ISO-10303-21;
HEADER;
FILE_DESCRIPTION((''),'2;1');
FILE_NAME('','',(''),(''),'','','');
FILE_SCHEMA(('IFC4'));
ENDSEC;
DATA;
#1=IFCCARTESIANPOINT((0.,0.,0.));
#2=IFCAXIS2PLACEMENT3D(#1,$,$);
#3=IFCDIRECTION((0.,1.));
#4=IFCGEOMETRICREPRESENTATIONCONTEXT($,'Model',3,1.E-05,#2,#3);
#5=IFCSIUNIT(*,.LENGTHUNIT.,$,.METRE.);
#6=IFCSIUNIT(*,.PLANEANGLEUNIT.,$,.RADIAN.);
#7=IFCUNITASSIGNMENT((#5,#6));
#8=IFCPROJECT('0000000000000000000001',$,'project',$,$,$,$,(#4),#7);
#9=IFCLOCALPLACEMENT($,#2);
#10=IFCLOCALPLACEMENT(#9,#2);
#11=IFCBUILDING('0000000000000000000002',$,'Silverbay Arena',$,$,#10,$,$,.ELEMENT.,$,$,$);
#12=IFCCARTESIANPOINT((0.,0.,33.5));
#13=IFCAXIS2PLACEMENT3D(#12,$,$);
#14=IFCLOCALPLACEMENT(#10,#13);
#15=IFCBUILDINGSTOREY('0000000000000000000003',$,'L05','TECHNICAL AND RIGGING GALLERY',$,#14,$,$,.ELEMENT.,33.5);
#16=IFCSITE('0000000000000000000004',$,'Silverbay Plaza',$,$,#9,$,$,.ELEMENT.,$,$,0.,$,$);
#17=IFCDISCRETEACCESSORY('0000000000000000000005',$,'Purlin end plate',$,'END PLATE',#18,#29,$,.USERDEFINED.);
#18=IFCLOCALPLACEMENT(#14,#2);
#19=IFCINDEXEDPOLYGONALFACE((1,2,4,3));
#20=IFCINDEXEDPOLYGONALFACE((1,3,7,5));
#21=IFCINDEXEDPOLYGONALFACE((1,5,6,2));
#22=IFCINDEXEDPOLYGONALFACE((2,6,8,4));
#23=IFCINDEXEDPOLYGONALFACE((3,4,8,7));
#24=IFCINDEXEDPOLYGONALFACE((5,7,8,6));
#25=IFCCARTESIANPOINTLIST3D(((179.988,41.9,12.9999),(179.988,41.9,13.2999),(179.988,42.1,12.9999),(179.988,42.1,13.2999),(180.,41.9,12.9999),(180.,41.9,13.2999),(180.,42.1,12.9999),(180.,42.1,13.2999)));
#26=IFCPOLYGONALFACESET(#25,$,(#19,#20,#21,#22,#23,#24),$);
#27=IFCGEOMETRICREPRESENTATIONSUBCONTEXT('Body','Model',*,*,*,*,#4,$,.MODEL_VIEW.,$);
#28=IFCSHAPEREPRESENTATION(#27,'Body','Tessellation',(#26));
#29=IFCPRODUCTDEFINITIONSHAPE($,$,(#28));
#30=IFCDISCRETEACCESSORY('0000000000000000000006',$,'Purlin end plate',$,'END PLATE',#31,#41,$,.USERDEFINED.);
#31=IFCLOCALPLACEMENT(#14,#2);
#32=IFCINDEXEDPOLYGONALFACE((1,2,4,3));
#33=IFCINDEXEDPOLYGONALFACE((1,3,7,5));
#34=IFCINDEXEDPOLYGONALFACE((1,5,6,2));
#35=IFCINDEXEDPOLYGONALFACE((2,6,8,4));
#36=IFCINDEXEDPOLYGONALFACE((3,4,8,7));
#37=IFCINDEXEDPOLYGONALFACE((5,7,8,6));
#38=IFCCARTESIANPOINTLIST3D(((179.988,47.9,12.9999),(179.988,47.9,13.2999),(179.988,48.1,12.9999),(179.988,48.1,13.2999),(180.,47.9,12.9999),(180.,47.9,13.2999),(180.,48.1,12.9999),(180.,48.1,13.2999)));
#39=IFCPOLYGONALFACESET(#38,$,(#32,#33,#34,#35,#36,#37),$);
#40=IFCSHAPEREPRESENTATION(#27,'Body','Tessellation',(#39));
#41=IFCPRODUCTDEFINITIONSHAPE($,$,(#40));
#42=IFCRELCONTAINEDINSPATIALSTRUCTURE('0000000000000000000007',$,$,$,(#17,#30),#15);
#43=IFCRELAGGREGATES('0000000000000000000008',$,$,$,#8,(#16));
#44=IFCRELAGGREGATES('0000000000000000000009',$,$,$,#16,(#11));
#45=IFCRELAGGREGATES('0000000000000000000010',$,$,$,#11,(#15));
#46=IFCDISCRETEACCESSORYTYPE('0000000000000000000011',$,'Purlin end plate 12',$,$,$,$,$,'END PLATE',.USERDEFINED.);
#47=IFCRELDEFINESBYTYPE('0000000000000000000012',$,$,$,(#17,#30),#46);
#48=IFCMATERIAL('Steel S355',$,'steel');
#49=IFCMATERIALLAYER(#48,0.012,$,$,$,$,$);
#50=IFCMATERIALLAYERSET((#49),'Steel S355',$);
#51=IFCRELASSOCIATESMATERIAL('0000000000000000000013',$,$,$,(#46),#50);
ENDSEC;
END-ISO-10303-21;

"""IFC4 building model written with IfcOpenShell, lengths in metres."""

from ifc_helpers import new_model, si_unit, direction, frame, origin, origin_2d, place, context, subcontext, project, spatial, rectangle, extrude, material, layer, layer_set, type_object, element, save


model = new_model("IFC4")

# Units and contexts
model_context = context("Model", 3, precision=1e-05, world=origin(), true_north=direction((0.0, 1.0)))
body_context = subcontext(model_context, "Body", "Model", "MODEL_VIEW")
ifc_project = project(units=[si_unit("LENGTHUNIT", "METRE"), si_unit("PLANEANGLEUNIT", "RADIAN")], contexts=[model_context])

# Site, building, storey
site_placement = place(None, origin())
site = spatial("IfcSite", under=ifc_project, at=site_placement, Name="Silverbay Plaza", CompositionType="ELEMENT", RefElevation=0.0)
building_placement = place(site_placement, origin())
building = spatial("IfcBuilding", under=site, at=building_placement, Name="Silverbay Arena", CompositionType="ELEMENT")
storey_placement = place(building_placement, frame((0.0, 0.0, 33.5)))
storey = spatial("IfcBuildingStorey", under=building, at=storey_placement, Name="L05", Description="TECHNICAL AND RIGGING GALLERY", CompositionType="ELEMENT", Elevation=33.5)

# Discrete accessories
ifc_material_1 = material(Name="Steel S355", Category="steel")
ifc_layer_1 = layer(ifc_material_1, 0.012)
ifc_layer_set_1 = layer_set([ifc_layer_1], Name="Steel S355")
discrete_accessory_type_1 = type_object("IfcDiscreteAccessoryType", Name="Purlin end plate 12", ElementType="END PLATE", PredefinedType="USERDEFINED", material=ifc_layer_set_1)
for number, where, z_axis, x_axis, name in (
    (1, (180.0, 42.0, 13.1499), (-1.0, 0.0, 0.0), (0.0, -1.0, 0.0), "Purlin end plate"),
    (2, (180.0, 48.0, 13.1499), (-1.0, 0.0, 0.0), (0.0, -1.0, 0.0), "Purlin end plate"),
):
    element("IfcDiscreteAccessory", number, at=place(storey_placement, frame(where, z_axis=z_axis, x_axis=x_axis)), inside=storey, type_object=discrete_accessory_type_1, Name=name, ObjectType="END PLATE", PredefinedType="USERDEFINED", context=body_context, shape_type="SweptSolid", body=[
        extrude(rectangle(XDim=0.2, YDim=0.3, at=origin_2d()), origin(), (0.0, 0.0, 1.0), 0.012),
    ])

save(model, "model.ifc")
